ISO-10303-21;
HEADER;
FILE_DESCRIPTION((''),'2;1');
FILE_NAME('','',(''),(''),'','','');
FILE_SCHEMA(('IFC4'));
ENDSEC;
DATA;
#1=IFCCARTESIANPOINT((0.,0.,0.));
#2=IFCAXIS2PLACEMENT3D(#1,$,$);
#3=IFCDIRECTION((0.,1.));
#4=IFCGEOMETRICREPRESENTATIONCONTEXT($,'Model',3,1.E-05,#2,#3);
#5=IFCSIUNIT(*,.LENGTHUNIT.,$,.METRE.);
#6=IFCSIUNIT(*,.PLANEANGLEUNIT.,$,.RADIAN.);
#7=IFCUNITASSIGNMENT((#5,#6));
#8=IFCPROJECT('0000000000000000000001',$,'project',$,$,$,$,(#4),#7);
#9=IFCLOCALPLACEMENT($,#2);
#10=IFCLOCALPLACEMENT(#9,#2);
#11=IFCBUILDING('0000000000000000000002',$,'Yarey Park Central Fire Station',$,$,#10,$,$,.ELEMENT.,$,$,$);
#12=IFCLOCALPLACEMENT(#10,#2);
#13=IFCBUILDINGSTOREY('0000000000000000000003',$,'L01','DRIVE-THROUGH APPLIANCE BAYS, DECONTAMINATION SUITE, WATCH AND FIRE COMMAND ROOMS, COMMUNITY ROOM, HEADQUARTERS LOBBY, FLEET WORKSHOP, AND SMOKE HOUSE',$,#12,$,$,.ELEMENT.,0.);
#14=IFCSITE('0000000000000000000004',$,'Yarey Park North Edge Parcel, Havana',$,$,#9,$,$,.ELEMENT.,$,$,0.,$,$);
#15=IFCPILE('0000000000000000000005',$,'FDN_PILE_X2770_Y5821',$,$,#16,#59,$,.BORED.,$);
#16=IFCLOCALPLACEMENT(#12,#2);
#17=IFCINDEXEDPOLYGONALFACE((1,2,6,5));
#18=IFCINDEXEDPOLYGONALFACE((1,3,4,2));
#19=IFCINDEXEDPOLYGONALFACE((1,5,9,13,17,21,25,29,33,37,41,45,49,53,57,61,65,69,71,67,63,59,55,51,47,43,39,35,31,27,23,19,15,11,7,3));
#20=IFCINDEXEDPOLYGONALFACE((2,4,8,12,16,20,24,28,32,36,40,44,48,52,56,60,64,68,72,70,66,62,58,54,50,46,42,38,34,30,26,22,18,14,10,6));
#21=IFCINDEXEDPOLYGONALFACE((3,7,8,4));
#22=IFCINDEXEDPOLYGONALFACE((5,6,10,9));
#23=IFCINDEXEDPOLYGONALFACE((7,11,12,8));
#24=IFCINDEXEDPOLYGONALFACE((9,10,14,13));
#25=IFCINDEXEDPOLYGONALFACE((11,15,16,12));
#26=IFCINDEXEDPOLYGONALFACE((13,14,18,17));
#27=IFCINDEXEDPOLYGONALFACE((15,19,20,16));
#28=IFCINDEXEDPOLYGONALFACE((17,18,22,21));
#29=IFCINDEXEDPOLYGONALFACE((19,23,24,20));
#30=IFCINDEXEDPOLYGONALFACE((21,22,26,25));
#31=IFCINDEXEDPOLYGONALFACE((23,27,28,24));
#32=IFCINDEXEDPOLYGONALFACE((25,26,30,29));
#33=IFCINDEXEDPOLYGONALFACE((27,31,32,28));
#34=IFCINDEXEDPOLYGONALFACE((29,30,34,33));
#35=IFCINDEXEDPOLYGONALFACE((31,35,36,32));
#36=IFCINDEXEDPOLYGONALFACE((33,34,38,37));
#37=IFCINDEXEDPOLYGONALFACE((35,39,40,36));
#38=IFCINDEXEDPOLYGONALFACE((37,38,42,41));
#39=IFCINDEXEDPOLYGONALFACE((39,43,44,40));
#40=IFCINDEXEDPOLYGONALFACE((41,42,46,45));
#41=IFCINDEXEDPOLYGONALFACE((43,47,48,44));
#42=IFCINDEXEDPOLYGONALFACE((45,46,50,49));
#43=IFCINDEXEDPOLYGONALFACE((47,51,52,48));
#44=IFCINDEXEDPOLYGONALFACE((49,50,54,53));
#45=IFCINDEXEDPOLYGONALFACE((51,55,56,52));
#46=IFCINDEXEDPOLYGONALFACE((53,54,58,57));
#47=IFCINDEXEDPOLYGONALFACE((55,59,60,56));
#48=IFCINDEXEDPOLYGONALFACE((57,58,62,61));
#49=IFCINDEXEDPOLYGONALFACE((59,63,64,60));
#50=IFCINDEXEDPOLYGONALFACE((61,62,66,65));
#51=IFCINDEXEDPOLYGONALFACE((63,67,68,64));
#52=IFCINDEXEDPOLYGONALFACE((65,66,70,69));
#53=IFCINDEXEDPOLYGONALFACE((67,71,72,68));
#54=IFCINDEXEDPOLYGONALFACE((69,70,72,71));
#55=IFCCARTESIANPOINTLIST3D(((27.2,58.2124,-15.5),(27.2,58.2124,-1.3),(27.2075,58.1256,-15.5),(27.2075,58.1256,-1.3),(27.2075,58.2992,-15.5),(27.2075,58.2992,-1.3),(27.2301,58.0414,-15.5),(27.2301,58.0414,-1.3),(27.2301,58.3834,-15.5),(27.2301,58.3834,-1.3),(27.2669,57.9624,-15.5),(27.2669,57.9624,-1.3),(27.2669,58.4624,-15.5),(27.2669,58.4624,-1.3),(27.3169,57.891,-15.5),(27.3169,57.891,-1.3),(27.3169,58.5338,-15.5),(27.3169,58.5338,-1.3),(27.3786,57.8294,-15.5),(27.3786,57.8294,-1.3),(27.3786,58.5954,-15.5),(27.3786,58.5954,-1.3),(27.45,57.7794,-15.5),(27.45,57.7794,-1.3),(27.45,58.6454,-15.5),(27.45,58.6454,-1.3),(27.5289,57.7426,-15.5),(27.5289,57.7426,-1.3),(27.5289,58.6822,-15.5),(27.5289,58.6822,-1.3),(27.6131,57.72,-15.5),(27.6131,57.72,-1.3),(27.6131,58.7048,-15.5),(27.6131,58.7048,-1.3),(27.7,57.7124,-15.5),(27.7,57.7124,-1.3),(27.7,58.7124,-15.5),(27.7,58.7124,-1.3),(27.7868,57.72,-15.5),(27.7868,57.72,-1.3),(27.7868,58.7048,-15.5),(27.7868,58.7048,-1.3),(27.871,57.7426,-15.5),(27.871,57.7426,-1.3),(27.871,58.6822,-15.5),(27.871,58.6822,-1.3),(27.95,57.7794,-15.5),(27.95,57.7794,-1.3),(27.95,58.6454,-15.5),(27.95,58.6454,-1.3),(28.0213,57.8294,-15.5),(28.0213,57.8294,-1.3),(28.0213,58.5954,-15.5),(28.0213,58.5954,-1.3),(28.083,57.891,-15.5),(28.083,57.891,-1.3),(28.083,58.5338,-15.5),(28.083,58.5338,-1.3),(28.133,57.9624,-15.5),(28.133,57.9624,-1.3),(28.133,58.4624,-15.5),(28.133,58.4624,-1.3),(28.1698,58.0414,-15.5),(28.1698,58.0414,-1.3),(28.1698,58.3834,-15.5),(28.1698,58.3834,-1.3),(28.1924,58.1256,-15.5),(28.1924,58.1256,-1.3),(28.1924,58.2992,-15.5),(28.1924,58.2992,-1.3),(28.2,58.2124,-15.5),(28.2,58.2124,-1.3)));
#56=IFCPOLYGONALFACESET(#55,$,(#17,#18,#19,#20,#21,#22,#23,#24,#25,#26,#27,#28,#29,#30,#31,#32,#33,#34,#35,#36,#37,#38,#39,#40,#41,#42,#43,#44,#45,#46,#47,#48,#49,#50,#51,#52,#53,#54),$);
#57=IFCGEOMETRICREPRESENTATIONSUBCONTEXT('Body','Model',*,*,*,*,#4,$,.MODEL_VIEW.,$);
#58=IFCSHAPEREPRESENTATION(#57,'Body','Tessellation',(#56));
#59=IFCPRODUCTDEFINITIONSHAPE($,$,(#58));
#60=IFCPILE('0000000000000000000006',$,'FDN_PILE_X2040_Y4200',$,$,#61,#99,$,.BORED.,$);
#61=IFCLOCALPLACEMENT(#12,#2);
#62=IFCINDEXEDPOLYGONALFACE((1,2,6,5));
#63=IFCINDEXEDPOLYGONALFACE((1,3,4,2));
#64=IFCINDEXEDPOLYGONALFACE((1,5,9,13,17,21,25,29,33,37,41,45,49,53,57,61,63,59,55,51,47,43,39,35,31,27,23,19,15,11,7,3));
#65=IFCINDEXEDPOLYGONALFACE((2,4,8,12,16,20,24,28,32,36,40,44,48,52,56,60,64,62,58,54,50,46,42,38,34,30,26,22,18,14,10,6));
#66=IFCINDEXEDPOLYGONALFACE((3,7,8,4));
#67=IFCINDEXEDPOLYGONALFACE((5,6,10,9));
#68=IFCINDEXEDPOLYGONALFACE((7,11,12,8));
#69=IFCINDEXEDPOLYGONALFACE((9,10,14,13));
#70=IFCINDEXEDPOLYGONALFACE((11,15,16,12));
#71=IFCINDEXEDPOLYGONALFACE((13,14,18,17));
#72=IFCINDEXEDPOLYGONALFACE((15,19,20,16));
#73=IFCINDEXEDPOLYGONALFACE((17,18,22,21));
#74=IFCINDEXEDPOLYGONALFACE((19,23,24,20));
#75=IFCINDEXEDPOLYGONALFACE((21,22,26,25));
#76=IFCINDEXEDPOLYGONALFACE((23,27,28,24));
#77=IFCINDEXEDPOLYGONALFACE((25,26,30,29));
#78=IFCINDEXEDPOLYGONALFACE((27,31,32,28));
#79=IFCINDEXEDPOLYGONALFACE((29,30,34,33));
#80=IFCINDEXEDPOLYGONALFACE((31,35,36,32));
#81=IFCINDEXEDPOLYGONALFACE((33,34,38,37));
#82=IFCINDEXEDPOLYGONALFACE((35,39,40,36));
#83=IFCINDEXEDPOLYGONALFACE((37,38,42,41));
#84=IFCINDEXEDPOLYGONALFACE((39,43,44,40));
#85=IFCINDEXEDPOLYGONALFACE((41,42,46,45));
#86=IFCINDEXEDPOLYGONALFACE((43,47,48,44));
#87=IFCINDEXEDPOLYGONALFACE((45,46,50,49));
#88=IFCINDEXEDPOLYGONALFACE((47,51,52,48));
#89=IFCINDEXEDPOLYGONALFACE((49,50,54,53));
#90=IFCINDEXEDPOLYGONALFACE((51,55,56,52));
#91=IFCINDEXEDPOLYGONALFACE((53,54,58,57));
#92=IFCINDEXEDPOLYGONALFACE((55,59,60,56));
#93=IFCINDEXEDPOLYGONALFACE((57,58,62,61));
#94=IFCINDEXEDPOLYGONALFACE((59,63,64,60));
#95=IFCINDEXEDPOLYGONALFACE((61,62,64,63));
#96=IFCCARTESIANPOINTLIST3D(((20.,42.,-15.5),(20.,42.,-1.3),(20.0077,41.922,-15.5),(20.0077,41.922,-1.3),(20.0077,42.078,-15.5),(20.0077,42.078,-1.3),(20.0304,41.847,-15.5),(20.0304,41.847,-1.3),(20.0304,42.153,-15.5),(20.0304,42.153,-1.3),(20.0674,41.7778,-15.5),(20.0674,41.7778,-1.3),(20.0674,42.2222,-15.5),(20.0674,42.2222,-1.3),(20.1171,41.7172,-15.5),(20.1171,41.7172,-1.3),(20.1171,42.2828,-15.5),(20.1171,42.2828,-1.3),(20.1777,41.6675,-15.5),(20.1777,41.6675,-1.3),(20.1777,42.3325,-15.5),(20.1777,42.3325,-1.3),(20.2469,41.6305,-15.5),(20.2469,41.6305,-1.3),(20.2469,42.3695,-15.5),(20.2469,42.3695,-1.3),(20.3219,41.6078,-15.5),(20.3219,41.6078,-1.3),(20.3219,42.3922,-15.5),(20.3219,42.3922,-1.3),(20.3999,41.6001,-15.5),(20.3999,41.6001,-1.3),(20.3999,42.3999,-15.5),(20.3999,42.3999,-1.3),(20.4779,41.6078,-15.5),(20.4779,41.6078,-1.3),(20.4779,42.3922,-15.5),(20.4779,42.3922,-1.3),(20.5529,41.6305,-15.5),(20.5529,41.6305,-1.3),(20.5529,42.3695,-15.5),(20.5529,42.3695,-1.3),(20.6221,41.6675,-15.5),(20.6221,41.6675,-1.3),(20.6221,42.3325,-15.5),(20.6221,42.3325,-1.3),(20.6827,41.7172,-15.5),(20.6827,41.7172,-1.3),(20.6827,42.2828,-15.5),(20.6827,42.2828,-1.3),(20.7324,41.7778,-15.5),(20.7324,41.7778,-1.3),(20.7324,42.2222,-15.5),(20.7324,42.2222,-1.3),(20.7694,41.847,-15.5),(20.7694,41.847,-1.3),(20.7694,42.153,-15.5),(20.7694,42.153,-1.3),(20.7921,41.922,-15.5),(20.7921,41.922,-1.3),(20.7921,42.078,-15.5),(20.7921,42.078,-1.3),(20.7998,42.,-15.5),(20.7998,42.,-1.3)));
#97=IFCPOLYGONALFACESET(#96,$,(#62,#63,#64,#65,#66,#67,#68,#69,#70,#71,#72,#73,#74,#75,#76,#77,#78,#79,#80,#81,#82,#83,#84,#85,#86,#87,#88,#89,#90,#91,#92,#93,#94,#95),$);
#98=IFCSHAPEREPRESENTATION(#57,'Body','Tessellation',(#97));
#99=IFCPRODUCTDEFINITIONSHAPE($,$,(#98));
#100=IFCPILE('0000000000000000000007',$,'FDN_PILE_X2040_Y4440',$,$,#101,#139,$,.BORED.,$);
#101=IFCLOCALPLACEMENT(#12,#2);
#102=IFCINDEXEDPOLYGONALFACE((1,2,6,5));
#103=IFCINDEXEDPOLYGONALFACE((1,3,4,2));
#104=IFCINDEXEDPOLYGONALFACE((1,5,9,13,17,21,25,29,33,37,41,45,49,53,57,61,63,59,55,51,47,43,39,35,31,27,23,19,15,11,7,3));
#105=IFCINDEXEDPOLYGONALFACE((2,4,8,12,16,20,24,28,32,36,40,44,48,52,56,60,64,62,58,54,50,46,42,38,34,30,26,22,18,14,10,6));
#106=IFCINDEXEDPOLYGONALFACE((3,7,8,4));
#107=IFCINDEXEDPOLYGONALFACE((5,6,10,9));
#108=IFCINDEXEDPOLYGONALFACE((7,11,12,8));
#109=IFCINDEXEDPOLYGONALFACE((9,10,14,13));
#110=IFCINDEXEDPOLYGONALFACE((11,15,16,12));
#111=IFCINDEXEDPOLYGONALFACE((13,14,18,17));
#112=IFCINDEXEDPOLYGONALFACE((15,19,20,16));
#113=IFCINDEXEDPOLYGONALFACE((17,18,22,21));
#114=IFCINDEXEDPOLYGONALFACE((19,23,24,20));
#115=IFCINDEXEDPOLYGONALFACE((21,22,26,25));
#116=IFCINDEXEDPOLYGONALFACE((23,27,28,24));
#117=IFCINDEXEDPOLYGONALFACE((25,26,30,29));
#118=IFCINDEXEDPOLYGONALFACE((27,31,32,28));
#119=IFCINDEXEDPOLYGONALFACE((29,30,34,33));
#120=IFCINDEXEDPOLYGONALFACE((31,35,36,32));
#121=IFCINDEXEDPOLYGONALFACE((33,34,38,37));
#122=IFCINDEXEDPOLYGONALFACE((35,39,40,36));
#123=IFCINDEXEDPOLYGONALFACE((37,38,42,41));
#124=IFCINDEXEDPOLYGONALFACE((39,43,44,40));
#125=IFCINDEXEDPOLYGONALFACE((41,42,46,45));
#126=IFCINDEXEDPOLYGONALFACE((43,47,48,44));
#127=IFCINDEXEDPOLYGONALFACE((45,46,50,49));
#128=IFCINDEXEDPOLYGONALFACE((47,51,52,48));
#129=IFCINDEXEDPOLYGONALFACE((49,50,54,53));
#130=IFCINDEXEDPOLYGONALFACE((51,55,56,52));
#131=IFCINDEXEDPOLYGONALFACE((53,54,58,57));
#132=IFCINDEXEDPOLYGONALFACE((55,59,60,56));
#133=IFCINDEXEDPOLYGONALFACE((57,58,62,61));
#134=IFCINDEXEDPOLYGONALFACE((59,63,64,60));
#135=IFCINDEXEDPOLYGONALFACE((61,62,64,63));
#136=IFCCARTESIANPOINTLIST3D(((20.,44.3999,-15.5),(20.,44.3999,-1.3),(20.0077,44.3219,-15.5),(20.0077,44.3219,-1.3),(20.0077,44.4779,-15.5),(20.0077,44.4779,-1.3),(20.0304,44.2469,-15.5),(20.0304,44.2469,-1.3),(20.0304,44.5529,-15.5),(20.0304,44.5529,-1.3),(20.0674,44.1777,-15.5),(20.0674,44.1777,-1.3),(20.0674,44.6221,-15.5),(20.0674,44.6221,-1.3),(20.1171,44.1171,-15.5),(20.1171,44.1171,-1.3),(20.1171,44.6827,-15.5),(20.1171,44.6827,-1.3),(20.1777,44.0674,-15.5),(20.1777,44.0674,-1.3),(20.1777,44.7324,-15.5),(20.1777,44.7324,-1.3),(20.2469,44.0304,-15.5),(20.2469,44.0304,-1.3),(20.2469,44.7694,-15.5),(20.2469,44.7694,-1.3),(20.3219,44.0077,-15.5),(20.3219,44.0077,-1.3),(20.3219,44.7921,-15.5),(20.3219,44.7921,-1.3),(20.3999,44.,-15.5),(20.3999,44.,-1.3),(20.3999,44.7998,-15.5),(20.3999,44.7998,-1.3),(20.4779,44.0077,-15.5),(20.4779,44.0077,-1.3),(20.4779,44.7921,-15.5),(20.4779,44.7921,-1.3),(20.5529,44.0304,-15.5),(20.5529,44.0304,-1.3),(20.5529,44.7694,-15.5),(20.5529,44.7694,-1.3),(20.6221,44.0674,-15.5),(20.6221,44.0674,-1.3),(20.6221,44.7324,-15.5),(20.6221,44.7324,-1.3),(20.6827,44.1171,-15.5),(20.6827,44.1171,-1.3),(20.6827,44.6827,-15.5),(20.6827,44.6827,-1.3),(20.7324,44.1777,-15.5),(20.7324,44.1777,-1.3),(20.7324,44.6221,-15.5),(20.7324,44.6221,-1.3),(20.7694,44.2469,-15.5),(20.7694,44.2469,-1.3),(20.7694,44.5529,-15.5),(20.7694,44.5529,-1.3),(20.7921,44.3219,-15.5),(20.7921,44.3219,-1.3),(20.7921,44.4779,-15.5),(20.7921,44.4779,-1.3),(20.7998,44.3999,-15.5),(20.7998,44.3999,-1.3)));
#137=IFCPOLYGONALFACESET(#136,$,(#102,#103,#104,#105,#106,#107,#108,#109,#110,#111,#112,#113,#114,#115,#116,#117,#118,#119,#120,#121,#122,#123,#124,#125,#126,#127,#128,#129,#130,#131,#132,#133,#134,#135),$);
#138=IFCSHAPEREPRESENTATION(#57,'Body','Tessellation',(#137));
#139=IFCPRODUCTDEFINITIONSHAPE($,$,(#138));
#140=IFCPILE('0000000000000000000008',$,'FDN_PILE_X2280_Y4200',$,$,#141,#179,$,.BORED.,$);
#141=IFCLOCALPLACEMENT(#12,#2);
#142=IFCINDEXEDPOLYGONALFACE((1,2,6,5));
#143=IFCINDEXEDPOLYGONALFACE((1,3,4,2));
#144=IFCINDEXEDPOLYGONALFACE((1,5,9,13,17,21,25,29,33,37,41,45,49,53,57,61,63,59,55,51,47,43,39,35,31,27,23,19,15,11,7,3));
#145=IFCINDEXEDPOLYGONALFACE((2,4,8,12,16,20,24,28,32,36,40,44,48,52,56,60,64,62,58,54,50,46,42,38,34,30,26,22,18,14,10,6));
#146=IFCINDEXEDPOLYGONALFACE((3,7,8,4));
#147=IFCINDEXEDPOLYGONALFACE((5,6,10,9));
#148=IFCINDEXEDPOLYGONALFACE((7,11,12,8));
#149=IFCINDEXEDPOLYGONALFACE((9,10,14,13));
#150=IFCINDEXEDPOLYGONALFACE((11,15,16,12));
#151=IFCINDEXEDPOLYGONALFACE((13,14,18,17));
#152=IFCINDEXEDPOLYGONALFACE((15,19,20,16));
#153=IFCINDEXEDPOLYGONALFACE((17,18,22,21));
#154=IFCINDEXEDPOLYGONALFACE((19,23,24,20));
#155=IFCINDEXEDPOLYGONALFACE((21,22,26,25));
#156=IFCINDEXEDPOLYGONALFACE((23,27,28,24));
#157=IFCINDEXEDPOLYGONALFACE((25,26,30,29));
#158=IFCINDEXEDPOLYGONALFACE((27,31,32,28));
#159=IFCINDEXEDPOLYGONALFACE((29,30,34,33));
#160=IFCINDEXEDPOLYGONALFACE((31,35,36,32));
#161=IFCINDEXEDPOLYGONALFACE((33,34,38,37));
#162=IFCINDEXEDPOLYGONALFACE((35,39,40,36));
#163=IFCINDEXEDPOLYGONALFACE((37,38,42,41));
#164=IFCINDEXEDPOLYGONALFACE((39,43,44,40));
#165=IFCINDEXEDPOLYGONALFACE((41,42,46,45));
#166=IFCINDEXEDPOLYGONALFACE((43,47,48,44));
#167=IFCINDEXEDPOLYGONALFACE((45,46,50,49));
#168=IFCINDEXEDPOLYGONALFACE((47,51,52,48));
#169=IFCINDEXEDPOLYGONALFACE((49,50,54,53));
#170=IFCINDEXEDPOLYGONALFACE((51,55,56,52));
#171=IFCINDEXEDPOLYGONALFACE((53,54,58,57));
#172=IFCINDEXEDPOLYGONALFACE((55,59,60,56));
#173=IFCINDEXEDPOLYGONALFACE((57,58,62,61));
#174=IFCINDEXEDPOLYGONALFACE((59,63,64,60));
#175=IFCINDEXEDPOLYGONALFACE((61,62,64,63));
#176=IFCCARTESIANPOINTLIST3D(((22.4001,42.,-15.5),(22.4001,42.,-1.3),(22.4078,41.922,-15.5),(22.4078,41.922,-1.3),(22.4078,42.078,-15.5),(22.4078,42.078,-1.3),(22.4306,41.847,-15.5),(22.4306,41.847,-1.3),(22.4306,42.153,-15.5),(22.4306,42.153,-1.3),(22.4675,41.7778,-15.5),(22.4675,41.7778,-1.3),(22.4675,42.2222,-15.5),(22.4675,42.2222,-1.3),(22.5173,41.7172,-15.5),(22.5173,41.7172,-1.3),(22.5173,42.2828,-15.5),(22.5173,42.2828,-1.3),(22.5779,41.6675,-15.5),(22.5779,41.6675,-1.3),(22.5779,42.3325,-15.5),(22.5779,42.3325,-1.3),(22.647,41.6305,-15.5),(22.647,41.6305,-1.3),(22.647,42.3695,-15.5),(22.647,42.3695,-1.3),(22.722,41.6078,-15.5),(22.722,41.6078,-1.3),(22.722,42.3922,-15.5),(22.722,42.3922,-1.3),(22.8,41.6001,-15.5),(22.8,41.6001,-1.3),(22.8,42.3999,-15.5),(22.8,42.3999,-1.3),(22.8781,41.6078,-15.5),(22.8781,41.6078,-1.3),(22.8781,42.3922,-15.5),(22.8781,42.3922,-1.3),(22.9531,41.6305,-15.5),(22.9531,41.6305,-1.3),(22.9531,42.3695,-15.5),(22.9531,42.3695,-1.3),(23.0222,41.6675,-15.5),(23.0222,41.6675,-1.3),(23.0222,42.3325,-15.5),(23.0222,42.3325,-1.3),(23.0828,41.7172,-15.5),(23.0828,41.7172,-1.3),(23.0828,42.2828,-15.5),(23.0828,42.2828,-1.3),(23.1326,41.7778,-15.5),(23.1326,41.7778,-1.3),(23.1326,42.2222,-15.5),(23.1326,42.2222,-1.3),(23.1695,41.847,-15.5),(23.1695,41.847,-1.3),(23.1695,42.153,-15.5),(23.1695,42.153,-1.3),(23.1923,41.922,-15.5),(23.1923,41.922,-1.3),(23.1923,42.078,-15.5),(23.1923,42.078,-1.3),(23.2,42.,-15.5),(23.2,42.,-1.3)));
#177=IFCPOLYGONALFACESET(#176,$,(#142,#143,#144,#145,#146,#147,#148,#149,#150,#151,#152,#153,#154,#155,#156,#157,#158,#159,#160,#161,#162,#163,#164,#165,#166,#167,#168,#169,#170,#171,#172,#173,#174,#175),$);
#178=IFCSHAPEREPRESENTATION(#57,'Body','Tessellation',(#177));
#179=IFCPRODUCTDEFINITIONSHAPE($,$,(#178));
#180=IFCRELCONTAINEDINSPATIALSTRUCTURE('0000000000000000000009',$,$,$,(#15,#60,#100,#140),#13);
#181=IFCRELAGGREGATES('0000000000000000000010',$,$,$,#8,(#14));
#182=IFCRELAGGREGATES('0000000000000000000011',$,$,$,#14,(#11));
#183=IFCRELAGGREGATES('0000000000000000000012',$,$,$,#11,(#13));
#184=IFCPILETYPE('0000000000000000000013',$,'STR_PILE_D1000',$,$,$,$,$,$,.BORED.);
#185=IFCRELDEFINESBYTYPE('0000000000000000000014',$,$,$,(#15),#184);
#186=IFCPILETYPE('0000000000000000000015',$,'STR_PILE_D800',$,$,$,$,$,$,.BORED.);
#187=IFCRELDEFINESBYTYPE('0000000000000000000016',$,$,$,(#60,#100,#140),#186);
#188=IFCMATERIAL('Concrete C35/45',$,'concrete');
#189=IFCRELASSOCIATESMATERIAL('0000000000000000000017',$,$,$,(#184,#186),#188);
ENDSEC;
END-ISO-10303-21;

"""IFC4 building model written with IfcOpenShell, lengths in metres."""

from ifc_helpers import new_model, si_unit, direction, frame, origin, origin_2d, place, context, subcontext, project, spatial, circle, extrude, material, material_profile, profile_set, type_object, element, save


model = new_model("IFC4")

# Units and contexts
model_context = context("Model", 3, precision=1e-05, world=origin(), true_north=direction((0.0, 1.0)))
body_context = subcontext(model_context, "Body", "Model", "MODEL_VIEW")
ifc_project = project(units=[si_unit("LENGTHUNIT", "METRE"), si_unit("PLANEANGLEUNIT", "RADIAN")], contexts=[model_context])

# Site, building, storey
site_placement = place(None, origin())
site = spatial("IfcSite", under=ifc_project, at=site_placement, Name="Yarey Park North Edge Parcel, Havana", CompositionType="ELEMENT", RefElevation=0.0)
building_placement = place(site_placement, origin())
building = spatial("IfcBuilding", under=site, at=building_placement, Name="Yarey Park Central Fire Station", CompositionType="ELEMENT")
storey_placement = place(building_placement, origin())
storey = spatial("IfcBuildingStorey", under=building, at=storey_placement, Name="L01", Description="DRIVE-THROUGH APPLIANCE BAYS, DECONTAMINATION SUITE, WATCH AND FIRE COMMAND ROOMS, COMMUNITY ROOM, HEADQUARTERS LOBBY, FLEET WORKSHOP, AND SMOKE HOUSE", CompositionType="ELEMENT", Elevation=0.0)

# Shared definitions
ifc_material_1 = material(Name="Concrete C35/45", Category="concrete")

# Piles
ifc_material_profile_1 = material_profile(ifc_material_1, circle(Radius=0.5, at=origin_2d()), Name="BORED PILE D1000")
ifc_profile_set_1 = profile_set([ifc_material_profile_1], Name="Concrete C35/45")
pile_type_1 = type_object("IfcPileType", Name="STR_PILE_D1000", PredefinedType="BORED", material=ifc_profile_set_1)
for number, where, z_axis, x_axis, name in (
    (1, (27.7, 58.2124, -1.3), (0.0, 0.0, -1.0), (1.0, 0.0, 0.0), "FDN_PILE_X2770_Y5821"),
):
    element("IfcPile", number, at=place(storey_placement, frame(where, z_axis=z_axis, x_axis=x_axis)), inside=storey, type_object=pile_type_1, Name=name, PredefinedType="BORED", context=body_context, shape_type="SweptSolid", body=[
        extrude(circle(Radius=0.5, at=origin_2d()), origin(), (0.0, 0.0, 1.0), 14.2),
    ])
ifc_material_profile_2 = material_profile(ifc_material_1, circle(Radius=0.3999, at=origin_2d()), Name="BORED PILE D800")
ifc_profile_set_2 = profile_set([ifc_material_profile_2], Name="Concrete C35/45")
pile_type_2 = type_object("IfcPileType", Name="STR_PILE_D800", PredefinedType="BORED", material=ifc_profile_set_2)
for number, where, z_axis, x_axis, name in (
    (2, (20.3999, 42.0, -1.3), (0.0, 0.0, -1.0), (1.0, 0.0, 0.0), "FDN_PILE_X2040_Y4200"),
    (3, (20.3999, 44.3999, -1.3), (0.0, 0.0, -1.0), (1.0, 0.0, 0.0), "FDN_PILE_X2040_Y4440"),
    (4, (22.8, 42.0, -1.3), (0.0, 0.0, -1.0), (1.0, 0.0, 0.0), "FDN_PILE_X2280_Y4200"),
):
    element("IfcPile", number, at=place(storey_placement, frame(where, z_axis=z_axis, x_axis=x_axis)), inside=storey, type_object=pile_type_2, Name=name, PredefinedType="BORED", context=body_context, shape_type="SweptSolid", body=[
        extrude(circle(Radius=0.3999, at=origin_2d()), origin(), (0.0, 0.0, 1.0), 14.2),
    ])

save(model, "model.ifc")
